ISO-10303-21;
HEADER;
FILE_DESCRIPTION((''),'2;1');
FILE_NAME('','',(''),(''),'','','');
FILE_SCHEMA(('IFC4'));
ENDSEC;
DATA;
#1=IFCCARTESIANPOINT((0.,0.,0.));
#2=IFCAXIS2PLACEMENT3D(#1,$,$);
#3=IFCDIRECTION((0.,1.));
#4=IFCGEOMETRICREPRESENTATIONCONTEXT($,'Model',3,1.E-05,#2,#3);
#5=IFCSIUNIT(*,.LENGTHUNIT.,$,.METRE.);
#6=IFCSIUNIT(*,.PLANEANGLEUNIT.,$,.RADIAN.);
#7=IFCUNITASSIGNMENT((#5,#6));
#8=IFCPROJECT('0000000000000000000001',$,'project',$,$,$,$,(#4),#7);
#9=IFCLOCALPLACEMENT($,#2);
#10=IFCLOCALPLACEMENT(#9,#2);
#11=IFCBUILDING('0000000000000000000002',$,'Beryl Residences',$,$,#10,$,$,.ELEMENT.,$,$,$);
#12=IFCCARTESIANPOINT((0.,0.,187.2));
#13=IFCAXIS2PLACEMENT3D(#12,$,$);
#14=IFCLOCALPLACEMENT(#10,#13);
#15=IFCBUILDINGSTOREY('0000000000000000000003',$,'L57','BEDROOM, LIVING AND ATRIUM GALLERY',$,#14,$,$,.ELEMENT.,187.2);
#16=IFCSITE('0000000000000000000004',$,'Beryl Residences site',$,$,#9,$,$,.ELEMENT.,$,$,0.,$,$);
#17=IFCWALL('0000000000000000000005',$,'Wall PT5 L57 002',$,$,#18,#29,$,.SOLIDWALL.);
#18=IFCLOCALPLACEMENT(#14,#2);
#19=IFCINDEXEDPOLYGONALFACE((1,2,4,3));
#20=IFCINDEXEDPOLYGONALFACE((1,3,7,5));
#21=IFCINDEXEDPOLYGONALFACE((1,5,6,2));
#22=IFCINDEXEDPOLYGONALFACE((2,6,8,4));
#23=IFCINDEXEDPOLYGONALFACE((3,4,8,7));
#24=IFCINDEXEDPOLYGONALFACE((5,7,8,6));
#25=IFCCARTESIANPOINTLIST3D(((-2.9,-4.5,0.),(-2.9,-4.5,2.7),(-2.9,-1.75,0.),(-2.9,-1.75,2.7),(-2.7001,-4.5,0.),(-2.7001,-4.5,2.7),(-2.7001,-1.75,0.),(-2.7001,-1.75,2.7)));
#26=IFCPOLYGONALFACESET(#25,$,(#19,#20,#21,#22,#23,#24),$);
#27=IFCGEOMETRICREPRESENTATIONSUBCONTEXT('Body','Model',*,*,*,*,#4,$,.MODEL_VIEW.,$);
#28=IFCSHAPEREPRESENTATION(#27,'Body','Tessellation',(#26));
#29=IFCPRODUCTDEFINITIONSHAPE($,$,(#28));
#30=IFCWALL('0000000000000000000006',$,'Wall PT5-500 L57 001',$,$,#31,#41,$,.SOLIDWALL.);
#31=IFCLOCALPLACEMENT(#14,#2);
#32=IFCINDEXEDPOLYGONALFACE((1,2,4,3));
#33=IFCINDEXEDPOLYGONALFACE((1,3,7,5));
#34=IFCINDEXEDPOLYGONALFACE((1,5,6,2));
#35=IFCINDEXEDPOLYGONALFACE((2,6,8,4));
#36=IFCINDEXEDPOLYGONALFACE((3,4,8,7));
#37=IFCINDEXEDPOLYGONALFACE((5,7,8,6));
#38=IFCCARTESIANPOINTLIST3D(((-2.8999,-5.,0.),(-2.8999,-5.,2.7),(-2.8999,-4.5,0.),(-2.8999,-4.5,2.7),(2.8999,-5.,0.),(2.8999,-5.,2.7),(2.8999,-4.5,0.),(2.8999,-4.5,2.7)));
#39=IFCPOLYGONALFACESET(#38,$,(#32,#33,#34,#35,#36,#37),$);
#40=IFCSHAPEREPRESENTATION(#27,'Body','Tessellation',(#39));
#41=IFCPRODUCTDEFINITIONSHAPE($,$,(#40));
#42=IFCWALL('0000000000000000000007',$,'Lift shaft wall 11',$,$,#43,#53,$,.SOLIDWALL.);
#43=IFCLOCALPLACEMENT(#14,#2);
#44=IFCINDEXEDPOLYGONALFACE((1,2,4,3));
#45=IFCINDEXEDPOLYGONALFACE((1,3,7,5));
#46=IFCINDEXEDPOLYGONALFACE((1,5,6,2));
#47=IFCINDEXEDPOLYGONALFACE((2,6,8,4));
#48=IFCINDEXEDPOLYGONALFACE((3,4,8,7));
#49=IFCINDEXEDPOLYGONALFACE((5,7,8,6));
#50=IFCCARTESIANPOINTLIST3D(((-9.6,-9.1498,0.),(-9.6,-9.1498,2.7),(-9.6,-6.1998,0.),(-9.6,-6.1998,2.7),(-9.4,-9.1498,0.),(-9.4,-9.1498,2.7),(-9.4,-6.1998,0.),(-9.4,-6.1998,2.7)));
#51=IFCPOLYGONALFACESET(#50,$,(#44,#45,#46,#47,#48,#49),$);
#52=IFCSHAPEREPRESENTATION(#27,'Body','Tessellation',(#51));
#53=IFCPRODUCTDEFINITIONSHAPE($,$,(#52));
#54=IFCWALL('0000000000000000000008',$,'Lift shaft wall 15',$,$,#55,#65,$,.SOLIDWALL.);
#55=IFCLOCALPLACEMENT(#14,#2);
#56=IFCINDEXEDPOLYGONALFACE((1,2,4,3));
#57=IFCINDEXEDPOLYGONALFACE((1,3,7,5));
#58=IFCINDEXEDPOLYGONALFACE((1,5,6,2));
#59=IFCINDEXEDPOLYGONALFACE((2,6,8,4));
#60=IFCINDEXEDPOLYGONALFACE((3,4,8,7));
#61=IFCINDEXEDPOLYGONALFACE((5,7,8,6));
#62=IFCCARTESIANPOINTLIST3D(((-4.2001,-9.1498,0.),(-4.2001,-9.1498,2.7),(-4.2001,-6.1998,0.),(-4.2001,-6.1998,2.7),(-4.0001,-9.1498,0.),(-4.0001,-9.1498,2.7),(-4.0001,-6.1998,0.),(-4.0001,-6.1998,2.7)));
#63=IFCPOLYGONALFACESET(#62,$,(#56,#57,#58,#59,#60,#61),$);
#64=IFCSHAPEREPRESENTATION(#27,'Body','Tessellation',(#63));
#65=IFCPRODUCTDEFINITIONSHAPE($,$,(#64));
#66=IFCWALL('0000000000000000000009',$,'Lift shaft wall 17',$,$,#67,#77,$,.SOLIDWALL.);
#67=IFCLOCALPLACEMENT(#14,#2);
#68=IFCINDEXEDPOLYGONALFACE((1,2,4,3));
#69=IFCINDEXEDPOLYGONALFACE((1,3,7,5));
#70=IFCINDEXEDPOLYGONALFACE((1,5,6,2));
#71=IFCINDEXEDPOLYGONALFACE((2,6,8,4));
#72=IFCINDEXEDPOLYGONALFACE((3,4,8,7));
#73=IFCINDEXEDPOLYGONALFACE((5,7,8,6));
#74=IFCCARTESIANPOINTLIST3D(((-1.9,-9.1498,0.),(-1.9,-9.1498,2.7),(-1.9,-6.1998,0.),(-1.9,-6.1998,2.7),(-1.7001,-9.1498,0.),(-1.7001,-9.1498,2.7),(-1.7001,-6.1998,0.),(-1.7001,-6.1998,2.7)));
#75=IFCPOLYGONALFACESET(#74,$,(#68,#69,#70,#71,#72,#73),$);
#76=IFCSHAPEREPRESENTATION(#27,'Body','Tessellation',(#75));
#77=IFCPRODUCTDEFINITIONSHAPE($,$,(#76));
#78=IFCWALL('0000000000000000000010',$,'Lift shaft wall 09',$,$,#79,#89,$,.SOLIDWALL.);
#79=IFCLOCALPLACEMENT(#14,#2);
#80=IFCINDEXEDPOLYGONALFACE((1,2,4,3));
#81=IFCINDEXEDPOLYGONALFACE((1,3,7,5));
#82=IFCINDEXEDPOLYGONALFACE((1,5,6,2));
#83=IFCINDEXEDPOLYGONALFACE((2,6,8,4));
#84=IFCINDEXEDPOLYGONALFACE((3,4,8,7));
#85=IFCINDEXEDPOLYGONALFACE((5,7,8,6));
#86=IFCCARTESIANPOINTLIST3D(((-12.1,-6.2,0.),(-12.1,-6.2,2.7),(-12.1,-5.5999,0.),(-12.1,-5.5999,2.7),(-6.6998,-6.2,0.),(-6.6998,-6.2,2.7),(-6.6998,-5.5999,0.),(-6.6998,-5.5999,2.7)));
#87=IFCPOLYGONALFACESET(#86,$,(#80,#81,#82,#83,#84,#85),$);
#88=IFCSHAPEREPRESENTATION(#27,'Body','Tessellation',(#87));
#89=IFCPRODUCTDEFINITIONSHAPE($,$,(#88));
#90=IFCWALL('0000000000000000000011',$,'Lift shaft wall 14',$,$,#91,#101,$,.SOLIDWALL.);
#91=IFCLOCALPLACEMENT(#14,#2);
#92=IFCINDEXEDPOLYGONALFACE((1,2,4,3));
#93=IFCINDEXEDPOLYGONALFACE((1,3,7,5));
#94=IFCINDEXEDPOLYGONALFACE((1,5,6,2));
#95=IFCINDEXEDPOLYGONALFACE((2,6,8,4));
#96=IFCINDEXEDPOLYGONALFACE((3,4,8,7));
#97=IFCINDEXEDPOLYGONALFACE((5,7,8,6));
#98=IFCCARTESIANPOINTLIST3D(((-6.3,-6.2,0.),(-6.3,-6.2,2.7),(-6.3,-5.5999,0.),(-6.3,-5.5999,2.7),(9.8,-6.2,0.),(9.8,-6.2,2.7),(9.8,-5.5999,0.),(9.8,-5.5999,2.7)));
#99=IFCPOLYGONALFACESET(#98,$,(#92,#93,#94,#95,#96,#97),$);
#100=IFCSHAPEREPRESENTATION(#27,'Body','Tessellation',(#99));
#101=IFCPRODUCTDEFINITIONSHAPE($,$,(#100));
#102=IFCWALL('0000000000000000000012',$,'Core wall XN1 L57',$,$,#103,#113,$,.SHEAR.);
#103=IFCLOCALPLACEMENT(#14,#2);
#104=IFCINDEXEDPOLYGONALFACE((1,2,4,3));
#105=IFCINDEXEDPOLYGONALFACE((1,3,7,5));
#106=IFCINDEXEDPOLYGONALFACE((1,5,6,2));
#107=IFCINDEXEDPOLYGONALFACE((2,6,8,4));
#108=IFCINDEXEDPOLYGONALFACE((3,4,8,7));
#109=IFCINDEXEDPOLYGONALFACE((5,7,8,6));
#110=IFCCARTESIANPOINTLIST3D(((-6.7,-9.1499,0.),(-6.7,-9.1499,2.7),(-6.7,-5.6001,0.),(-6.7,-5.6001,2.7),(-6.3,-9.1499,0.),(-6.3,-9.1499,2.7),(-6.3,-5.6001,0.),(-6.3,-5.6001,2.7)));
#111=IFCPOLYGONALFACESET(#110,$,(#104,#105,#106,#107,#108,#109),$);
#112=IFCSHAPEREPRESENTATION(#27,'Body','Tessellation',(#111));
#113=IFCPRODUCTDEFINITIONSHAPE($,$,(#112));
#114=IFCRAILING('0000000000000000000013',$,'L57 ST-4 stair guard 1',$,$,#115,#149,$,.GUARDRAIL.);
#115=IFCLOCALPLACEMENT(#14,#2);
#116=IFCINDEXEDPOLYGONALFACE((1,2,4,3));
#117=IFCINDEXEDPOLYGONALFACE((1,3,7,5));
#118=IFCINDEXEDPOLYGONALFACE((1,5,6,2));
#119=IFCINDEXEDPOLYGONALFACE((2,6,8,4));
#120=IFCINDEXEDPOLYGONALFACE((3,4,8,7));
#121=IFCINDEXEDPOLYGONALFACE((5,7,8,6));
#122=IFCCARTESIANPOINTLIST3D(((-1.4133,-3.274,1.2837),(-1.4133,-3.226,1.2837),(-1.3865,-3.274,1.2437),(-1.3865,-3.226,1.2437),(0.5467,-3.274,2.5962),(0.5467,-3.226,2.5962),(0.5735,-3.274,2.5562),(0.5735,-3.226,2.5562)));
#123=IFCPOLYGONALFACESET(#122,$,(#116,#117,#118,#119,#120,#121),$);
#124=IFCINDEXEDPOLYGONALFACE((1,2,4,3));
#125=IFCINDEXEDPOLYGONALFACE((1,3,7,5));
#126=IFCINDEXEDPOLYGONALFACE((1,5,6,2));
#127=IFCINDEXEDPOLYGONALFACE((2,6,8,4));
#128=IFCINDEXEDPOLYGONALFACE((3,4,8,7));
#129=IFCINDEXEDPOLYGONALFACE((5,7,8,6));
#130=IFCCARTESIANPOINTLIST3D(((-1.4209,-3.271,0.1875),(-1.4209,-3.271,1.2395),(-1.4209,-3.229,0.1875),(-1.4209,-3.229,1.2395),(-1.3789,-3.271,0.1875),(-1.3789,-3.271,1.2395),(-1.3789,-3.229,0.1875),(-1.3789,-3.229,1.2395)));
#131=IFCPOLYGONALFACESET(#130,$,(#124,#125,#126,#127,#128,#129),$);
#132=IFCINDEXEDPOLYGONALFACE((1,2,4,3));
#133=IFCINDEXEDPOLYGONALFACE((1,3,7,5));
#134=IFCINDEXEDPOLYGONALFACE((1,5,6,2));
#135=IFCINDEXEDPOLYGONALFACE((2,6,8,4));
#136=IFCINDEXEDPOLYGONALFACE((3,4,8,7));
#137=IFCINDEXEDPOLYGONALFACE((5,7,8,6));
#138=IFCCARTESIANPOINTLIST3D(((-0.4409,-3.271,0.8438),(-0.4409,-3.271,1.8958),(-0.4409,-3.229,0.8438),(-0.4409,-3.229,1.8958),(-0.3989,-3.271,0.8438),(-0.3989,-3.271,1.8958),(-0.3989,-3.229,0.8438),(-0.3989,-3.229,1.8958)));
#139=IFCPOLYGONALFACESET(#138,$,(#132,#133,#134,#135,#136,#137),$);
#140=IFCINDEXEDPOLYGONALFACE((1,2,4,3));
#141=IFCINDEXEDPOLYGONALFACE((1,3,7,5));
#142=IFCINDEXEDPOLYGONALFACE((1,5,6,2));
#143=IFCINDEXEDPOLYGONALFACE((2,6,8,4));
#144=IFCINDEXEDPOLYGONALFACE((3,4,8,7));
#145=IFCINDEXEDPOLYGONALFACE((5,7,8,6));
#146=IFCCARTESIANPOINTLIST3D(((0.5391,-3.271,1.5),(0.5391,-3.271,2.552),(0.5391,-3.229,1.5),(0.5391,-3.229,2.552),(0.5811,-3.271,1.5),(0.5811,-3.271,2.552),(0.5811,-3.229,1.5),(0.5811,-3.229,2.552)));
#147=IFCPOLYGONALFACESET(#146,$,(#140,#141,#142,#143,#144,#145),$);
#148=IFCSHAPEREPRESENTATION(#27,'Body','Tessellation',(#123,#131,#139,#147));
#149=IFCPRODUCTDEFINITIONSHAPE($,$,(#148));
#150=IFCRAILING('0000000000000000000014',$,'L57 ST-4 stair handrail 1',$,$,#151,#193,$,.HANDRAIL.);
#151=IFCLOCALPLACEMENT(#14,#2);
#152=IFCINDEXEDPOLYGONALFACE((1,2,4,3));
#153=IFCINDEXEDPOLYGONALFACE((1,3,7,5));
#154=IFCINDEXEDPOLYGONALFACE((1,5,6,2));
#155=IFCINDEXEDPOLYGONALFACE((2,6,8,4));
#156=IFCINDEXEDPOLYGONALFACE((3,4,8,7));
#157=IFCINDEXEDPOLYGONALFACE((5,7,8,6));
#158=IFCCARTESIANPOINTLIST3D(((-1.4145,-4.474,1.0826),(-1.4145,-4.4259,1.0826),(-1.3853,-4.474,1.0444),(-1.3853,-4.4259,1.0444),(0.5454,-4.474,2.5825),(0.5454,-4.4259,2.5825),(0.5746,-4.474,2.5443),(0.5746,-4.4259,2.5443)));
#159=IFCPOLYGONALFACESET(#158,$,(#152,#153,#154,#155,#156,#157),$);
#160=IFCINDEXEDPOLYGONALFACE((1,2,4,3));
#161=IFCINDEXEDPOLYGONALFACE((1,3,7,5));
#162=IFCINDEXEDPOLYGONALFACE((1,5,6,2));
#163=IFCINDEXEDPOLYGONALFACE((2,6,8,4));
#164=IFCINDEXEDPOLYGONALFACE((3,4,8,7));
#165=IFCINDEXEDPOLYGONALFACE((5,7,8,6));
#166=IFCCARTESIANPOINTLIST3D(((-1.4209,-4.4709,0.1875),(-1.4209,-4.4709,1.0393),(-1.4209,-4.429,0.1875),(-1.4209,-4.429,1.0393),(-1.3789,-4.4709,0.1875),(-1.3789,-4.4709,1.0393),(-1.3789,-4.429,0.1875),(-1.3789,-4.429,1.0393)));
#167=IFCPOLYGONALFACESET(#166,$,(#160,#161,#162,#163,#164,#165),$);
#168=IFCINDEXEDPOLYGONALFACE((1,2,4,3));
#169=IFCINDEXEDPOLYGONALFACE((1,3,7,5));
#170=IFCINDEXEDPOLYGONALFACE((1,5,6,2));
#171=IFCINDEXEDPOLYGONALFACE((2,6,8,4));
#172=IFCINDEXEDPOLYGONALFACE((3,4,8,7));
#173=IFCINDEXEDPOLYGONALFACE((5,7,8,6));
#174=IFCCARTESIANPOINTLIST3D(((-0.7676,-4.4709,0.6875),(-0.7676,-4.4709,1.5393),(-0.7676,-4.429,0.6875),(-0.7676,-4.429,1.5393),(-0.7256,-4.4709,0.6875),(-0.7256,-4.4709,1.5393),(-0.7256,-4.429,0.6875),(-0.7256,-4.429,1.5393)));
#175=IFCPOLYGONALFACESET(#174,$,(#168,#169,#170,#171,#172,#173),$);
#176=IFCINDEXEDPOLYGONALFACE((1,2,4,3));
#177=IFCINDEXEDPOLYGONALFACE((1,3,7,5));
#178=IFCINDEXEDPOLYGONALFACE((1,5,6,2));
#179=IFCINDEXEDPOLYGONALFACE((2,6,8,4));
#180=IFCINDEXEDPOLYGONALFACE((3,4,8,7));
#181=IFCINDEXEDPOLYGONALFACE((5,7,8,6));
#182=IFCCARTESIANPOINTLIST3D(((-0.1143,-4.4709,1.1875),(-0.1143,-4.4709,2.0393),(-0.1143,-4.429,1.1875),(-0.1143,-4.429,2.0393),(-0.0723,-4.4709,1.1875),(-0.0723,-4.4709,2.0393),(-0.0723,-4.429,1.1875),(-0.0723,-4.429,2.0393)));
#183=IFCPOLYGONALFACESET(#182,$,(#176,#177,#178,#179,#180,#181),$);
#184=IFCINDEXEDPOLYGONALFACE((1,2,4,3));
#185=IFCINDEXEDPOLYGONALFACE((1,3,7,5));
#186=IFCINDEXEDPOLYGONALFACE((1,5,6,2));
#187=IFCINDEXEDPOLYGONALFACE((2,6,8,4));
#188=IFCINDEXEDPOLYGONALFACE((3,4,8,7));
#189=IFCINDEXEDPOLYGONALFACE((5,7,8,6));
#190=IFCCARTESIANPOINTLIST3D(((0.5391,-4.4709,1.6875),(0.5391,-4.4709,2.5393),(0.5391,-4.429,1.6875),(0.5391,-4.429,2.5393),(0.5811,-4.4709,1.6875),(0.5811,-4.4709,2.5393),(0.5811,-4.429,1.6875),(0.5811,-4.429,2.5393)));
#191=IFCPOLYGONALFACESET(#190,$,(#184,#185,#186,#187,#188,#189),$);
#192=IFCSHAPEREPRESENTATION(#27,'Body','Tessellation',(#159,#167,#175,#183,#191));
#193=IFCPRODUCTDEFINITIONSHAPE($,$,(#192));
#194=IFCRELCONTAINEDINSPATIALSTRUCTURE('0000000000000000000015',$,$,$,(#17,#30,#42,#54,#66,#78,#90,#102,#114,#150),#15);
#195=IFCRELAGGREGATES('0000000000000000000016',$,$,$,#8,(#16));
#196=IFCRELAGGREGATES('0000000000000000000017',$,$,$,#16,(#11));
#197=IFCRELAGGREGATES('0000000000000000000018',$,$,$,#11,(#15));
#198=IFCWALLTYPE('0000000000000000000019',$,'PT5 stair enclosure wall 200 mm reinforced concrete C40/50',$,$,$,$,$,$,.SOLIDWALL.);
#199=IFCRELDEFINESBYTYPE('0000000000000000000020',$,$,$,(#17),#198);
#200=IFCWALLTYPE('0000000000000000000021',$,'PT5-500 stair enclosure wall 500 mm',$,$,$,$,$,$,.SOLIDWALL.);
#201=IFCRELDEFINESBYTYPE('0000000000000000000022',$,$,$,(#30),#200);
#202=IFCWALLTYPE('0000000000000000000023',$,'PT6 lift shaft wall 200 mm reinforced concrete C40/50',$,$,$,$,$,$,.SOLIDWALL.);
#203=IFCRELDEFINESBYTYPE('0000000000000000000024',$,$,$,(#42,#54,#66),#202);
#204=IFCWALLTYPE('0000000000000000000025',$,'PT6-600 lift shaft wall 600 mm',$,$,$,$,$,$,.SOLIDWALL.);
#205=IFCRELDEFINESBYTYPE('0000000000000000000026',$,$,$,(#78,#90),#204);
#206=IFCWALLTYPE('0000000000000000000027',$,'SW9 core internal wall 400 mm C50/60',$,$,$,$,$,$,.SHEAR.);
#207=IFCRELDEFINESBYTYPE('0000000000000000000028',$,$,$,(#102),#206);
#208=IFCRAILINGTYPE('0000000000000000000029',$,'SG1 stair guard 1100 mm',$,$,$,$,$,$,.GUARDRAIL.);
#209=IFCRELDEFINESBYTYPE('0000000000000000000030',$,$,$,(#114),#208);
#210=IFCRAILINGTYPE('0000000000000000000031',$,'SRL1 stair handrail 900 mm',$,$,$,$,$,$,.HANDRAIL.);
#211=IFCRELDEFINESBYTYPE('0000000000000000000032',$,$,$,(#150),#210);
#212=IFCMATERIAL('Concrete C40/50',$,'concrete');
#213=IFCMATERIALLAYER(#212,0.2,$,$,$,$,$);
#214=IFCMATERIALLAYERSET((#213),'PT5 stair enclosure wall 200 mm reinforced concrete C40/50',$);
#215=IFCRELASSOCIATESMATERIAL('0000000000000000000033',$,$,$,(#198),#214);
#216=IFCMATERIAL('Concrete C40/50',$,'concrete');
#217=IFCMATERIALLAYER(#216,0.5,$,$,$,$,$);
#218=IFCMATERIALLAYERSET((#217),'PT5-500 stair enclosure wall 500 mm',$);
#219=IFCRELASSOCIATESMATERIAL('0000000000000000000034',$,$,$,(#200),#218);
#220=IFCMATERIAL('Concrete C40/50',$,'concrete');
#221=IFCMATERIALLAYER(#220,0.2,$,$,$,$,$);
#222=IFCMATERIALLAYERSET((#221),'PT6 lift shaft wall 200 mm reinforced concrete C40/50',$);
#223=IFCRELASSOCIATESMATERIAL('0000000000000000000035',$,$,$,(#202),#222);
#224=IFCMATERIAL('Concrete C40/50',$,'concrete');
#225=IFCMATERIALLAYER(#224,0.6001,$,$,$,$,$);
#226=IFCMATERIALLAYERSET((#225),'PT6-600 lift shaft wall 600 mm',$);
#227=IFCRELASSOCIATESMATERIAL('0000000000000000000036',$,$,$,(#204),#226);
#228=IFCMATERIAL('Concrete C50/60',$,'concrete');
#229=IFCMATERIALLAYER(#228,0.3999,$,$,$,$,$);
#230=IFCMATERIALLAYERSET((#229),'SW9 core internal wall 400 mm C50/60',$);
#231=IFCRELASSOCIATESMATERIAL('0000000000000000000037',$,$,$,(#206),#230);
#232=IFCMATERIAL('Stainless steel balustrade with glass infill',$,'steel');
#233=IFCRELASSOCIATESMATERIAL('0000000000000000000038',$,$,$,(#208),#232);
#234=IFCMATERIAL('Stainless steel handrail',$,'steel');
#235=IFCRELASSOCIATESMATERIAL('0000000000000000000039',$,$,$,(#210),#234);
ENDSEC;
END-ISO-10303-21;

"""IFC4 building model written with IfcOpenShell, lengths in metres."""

from ifc_helpers import new_model, si_unit, direction, frame, frame_2d, origin, origin_2d, place, context, subcontext, project, spatial, rectangle, extrude, material, layer, layer_set, type_object, element, save


model = new_model("IFC4")

# Units and contexts
model_context = context("Model", 3, precision=1e-05, world=origin(), true_north=direction((0.0, 1.0)))
body_context = subcontext(model_context, "Body", "Model", "MODEL_VIEW")
ifc_project = project(units=[si_unit("LENGTHUNIT", "METRE"), si_unit("PLANEANGLEUNIT", "RADIAN")], contexts=[model_context])

# Site, building, storey
site_placement = place(None, origin())
site = spatial("IfcSite", under=ifc_project, at=site_placement, Name="Beryl Residences site", CompositionType="ELEMENT", RefElevation=0.0)
building_placement = place(site_placement, origin())
building = spatial("IfcBuilding", under=site, at=building_placement, Name="Beryl Residences", CompositionType="ELEMENT")
storey_placement = place(building_placement, frame((0.0, 0.0, 187.2)))
storey = spatial("IfcBuildingStorey", under=building, at=storey_placement, Name="L57", Description="BEDROOM, LIVING AND ATRIUM GALLERY", CompositionType="ELEMENT", Elevation=187.2)

# Walls
ifc_material_1 = material(Name="Concrete C40/50", Category="concrete")
ifc_layer_1 = layer(ifc_material_1, 0.2)
ifc_layer_set_1 = layer_set([ifc_layer_1], Name="PT5 stair enclosure wall 200 mm reinforced concrete C40/50")
wall_type_1 = type_object("IfcWallType", Name="PT5 stair enclosure wall 200 mm reinforced concrete C40/50", PredefinedType="SOLIDWALL", material=ifc_layer_set_1)
wall_1_placement = place(storey_placement, frame((-2.8, -4.5, 0.0), z_axis=(0.0, 0.0, 1.0), x_axis=(0.0, 1.0, 0.0)))
element("IfcWall", 1, at=wall_1_placement, inside=storey, type_object=wall_type_1, Name="Wall PT5 L57 002", PredefinedType="SOLIDWALL", context=body_context, shape_type="SweptSolid", body=[
    extrude(rectangle(XDim=2.75, YDim=0.2, at=frame_2d((1.375, 0.0))), origin(), (0.0, 0.0, 1.0), 2.7),
])
ifc_material_2 = material(Name="Concrete C40/50", Category="concrete")
ifc_layer_2 = layer(ifc_material_2, 0.5)
ifc_layer_set_2 = layer_set([ifc_layer_2], Name="PT5-500 stair enclosure wall 500 mm")
wall_type_2 = type_object("IfcWallType", Name="PT5-500 stair enclosure wall 500 mm", PredefinedType="SOLIDWALL", material=ifc_layer_set_2)
wall_2_placement = place(storey_placement, frame((-2.8999, -4.75, 0.0), z_axis=(0.0, 0.0, 1.0), x_axis=(1.0, 0.0, 0.0)))
element("IfcWall", 2, at=wall_2_placement, inside=storey, type_object=wall_type_2, Name="Wall PT5-500 L57 001", PredefinedType="SOLIDWALL", context=body_context, shape_type="SweptSolid", body=[
    extrude(rectangle(XDim=5.7998, YDim=0.5, at=frame_2d((2.8999, 0.0))), origin(), (0.0, 0.0, 1.0), 2.7),
])
ifc_material_3 = material(Name="Concrete C40/50", Category="concrete")
ifc_layer_3 = layer(ifc_material_3, 0.2)
ifc_layer_set_3 = layer_set([ifc_layer_3], Name="PT6 lift shaft wall 200 mm reinforced concrete C40/50")
wall_type_3 = type_object("IfcWallType", Name="PT6 lift shaft wall 200 mm reinforced concrete C40/50", PredefinedType="SOLIDWALL", material=ifc_layer_set_3)
for number, where, z_axis, x_axis, name in (
    (3, (-9.5, -9.1499, 0.0), (0.0, 0.0, 1.0), (0.0, 1.0, 0.0), "Lift shaft wall 11"),
    (4, (-4.1001, -9.1499, 0.0), (0.0, 0.0, 1.0), (0.0, 1.0, 0.0), "Lift shaft wall 15"),
    (5, (-1.8, -9.1499, 0.0), (0.0, 0.0, 1.0), (0.0, 1.0, 0.0), "Lift shaft wall 17"),
):
    element("IfcWall", number, at=place(storey_placement, frame(where, z_axis=z_axis, x_axis=x_axis)), inside=storey, type_object=wall_type_3, Name=name, PredefinedType="SOLIDWALL", context=body_context, shape_type="SweptSolid", body=[
        extrude(rectangle(XDim=2.95, YDim=0.2, at=frame_2d((1.4751, 0.0))), origin(), (0.0, 0.0, 1.0), 2.7),
    ])
ifc_material_4 = material(Name="Concrete C40/50", Category="concrete")
ifc_layer_4 = layer(ifc_material_4, 0.6001)
ifc_layer_set_4 = layer_set([ifc_layer_4], Name="PT6-600 lift shaft wall 600 mm")
wall_type_4 = type_object("IfcWallType", Name="PT6-600 lift shaft wall 600 mm", PredefinedType="SOLIDWALL", material=ifc_layer_set_4)
wall_3_placement = place(storey_placement, frame((-12.1001, -5.8999, 0.0), z_axis=(0.0, 0.0, 1.0), x_axis=(1.0, 0.0, 0.0)))
element("IfcWall", 6, at=wall_3_placement, inside=storey, type_object=wall_type_4, Name="Lift shaft wall 09", PredefinedType="SOLIDWALL", context=body_context, shape_type="SweptSolid", body=[
    extrude(rectangle(XDim=5.4001, YDim=0.6001, at=frame_2d((2.7002, 0.0))), origin(), (0.0, 0.0, 1.0), 2.7),
])
wall_4_placement = place(storey_placement, frame((-6.3, -5.8999, 0.0), z_axis=(0.0, 0.0, 1.0), x_axis=(1.0, 0.0, 0.0)))
element("IfcWall", 7, at=wall_4_placement, inside=storey, type_object=wall_type_4, Name="Lift shaft wall 14", PredefinedType="SOLIDWALL", context=body_context, shape_type="SweptSolid", body=[
    extrude(rectangle(XDim=16.1001, YDim=0.6001, at=frame_2d((8.05, 0.0))), origin(), (0.0, 0.0, 1.0), 2.7),
])
ifc_material_5 = material(Name="Concrete C50/60", Category="concrete")
ifc_layer_5 = layer(ifc_material_5, 0.3999)
ifc_layer_set_5 = layer_set([ifc_layer_5], Name="SW9 core internal wall 400 mm C50/60")
wall_type_5 = type_object("IfcWallType", Name="SW9 core internal wall 400 mm C50/60", PredefinedType="SHEAR", material=ifc_layer_set_5)
wall_5_placement = place(storey_placement, frame((-6.5, -9.1499, 0.0), z_axis=(0.0, 0.0, 1.0), x_axis=(0.0, 1.0, 0.0)))
element("IfcWall", 8, at=wall_5_placement, inside=storey, type_object=wall_type_5, Name="Core wall XN1 L57", PredefinedType="SHEAR", context=body_context, shape_type="SweptSolid", body=[
    extrude(rectangle(XDim=3.5498, YDim=0.3999, at=frame_2d((1.7749, 0.0))), origin(), (0.0, 0.0, 1.0), 2.7),
])

# Railings
ifc_material_6 = material(Name="Stainless steel balustrade with glass infill", Category="steel")
railing_type_1 = type_object("IfcRailingType", Name="SG1 stair guard 1100 mm", PredefinedType="GUARDRAIL", material=ifc_material_6)
railing_1_placement = place(storey_placement, frame((-1.3999, -3.25, 0.1875)))
element("IfcRailing", 9, at=railing_1_placement, inside=storey, type_object=railing_type_1, Name="L57 ST-4 stair guard 1", PredefinedType="GUARDRAIL", context=body_context, shape_type="SweptSolid", body=[
    extrude(rectangle(XDim=0.0481, YDim=0.0481, at=origin_2d()), frame((0.0, 0.0, 1.0762), z_axis=(0.830902, 0.0, 0.556419), x_axis=(0.0, 1.0, 0.0)), (0.0, 0.0, 1.0), 2.3589),
    extrude(rectangle(XDim=0.042, YDim=0.042, at=origin_2d()), origin(), (0.0, 0.0, 1.0), 1.052),
    extrude(rectangle(XDim=0.042, YDim=0.042, at=origin_2d()), frame((0.98, 0.0, 0.6562)), (0.0, 0.0, 1.0), 1.052),
    extrude(rectangle(XDim=0.042, YDim=0.042, at=origin_2d()), frame((1.96, 0.0, 1.3125)), (0.0, 0.0, 1.0), 1.052),
])
ifc_material_7 = material(Name="Stainless steel handrail", Category="steel")
railing_type_2 = type_object("IfcRailingType", Name="SRL1 stair handrail 900 mm", PredefinedType="HANDRAIL", material=ifc_material_7)
railing_2_placement = place(storey_placement, frame((-1.3999, -4.45, 0.1875)))
element("IfcRailing", 10, at=railing_2_placement, inside=storey, type_object=railing_type_2, Name="L57 ST-4 stair handrail 1", PredefinedType="HANDRAIL", context=body_context, shape_type="SweptSolid", body=[
    extrude(rectangle(XDim=0.0481, YDim=0.0481, at=origin_2d()), frame((0.0, 0.0, 0.876), z_axis=(0.794122, 0.0, 0.607758), x_axis=(0.0, 1.0, 0.0)), (0.0, 0.0, 1.0), 2.468),
    extrude(rectangle(XDim=0.042, YDim=0.042, at=origin_2d()), origin(), (0.0, 0.0, 1.0), 0.8518),
    extrude(rectangle(XDim=0.042, YDim=0.042, at=origin_2d()), frame((0.6533, 0.0, 0.5)), (0.0, 0.0, 1.0), 0.8518),
    extrude(rectangle(XDim=0.042, YDim=0.042, at=origin_2d()), frame((1.3066, 0.0, 1.0)), (0.0, 0.0, 1.0), 0.8518),
    extrude(rectangle(XDim=0.042, YDim=0.042, at=origin_2d()), frame((1.96, 0.0, 1.5)), (0.0, 0.0, 1.0), 0.8518),
])

save(model, "model.ifc")
